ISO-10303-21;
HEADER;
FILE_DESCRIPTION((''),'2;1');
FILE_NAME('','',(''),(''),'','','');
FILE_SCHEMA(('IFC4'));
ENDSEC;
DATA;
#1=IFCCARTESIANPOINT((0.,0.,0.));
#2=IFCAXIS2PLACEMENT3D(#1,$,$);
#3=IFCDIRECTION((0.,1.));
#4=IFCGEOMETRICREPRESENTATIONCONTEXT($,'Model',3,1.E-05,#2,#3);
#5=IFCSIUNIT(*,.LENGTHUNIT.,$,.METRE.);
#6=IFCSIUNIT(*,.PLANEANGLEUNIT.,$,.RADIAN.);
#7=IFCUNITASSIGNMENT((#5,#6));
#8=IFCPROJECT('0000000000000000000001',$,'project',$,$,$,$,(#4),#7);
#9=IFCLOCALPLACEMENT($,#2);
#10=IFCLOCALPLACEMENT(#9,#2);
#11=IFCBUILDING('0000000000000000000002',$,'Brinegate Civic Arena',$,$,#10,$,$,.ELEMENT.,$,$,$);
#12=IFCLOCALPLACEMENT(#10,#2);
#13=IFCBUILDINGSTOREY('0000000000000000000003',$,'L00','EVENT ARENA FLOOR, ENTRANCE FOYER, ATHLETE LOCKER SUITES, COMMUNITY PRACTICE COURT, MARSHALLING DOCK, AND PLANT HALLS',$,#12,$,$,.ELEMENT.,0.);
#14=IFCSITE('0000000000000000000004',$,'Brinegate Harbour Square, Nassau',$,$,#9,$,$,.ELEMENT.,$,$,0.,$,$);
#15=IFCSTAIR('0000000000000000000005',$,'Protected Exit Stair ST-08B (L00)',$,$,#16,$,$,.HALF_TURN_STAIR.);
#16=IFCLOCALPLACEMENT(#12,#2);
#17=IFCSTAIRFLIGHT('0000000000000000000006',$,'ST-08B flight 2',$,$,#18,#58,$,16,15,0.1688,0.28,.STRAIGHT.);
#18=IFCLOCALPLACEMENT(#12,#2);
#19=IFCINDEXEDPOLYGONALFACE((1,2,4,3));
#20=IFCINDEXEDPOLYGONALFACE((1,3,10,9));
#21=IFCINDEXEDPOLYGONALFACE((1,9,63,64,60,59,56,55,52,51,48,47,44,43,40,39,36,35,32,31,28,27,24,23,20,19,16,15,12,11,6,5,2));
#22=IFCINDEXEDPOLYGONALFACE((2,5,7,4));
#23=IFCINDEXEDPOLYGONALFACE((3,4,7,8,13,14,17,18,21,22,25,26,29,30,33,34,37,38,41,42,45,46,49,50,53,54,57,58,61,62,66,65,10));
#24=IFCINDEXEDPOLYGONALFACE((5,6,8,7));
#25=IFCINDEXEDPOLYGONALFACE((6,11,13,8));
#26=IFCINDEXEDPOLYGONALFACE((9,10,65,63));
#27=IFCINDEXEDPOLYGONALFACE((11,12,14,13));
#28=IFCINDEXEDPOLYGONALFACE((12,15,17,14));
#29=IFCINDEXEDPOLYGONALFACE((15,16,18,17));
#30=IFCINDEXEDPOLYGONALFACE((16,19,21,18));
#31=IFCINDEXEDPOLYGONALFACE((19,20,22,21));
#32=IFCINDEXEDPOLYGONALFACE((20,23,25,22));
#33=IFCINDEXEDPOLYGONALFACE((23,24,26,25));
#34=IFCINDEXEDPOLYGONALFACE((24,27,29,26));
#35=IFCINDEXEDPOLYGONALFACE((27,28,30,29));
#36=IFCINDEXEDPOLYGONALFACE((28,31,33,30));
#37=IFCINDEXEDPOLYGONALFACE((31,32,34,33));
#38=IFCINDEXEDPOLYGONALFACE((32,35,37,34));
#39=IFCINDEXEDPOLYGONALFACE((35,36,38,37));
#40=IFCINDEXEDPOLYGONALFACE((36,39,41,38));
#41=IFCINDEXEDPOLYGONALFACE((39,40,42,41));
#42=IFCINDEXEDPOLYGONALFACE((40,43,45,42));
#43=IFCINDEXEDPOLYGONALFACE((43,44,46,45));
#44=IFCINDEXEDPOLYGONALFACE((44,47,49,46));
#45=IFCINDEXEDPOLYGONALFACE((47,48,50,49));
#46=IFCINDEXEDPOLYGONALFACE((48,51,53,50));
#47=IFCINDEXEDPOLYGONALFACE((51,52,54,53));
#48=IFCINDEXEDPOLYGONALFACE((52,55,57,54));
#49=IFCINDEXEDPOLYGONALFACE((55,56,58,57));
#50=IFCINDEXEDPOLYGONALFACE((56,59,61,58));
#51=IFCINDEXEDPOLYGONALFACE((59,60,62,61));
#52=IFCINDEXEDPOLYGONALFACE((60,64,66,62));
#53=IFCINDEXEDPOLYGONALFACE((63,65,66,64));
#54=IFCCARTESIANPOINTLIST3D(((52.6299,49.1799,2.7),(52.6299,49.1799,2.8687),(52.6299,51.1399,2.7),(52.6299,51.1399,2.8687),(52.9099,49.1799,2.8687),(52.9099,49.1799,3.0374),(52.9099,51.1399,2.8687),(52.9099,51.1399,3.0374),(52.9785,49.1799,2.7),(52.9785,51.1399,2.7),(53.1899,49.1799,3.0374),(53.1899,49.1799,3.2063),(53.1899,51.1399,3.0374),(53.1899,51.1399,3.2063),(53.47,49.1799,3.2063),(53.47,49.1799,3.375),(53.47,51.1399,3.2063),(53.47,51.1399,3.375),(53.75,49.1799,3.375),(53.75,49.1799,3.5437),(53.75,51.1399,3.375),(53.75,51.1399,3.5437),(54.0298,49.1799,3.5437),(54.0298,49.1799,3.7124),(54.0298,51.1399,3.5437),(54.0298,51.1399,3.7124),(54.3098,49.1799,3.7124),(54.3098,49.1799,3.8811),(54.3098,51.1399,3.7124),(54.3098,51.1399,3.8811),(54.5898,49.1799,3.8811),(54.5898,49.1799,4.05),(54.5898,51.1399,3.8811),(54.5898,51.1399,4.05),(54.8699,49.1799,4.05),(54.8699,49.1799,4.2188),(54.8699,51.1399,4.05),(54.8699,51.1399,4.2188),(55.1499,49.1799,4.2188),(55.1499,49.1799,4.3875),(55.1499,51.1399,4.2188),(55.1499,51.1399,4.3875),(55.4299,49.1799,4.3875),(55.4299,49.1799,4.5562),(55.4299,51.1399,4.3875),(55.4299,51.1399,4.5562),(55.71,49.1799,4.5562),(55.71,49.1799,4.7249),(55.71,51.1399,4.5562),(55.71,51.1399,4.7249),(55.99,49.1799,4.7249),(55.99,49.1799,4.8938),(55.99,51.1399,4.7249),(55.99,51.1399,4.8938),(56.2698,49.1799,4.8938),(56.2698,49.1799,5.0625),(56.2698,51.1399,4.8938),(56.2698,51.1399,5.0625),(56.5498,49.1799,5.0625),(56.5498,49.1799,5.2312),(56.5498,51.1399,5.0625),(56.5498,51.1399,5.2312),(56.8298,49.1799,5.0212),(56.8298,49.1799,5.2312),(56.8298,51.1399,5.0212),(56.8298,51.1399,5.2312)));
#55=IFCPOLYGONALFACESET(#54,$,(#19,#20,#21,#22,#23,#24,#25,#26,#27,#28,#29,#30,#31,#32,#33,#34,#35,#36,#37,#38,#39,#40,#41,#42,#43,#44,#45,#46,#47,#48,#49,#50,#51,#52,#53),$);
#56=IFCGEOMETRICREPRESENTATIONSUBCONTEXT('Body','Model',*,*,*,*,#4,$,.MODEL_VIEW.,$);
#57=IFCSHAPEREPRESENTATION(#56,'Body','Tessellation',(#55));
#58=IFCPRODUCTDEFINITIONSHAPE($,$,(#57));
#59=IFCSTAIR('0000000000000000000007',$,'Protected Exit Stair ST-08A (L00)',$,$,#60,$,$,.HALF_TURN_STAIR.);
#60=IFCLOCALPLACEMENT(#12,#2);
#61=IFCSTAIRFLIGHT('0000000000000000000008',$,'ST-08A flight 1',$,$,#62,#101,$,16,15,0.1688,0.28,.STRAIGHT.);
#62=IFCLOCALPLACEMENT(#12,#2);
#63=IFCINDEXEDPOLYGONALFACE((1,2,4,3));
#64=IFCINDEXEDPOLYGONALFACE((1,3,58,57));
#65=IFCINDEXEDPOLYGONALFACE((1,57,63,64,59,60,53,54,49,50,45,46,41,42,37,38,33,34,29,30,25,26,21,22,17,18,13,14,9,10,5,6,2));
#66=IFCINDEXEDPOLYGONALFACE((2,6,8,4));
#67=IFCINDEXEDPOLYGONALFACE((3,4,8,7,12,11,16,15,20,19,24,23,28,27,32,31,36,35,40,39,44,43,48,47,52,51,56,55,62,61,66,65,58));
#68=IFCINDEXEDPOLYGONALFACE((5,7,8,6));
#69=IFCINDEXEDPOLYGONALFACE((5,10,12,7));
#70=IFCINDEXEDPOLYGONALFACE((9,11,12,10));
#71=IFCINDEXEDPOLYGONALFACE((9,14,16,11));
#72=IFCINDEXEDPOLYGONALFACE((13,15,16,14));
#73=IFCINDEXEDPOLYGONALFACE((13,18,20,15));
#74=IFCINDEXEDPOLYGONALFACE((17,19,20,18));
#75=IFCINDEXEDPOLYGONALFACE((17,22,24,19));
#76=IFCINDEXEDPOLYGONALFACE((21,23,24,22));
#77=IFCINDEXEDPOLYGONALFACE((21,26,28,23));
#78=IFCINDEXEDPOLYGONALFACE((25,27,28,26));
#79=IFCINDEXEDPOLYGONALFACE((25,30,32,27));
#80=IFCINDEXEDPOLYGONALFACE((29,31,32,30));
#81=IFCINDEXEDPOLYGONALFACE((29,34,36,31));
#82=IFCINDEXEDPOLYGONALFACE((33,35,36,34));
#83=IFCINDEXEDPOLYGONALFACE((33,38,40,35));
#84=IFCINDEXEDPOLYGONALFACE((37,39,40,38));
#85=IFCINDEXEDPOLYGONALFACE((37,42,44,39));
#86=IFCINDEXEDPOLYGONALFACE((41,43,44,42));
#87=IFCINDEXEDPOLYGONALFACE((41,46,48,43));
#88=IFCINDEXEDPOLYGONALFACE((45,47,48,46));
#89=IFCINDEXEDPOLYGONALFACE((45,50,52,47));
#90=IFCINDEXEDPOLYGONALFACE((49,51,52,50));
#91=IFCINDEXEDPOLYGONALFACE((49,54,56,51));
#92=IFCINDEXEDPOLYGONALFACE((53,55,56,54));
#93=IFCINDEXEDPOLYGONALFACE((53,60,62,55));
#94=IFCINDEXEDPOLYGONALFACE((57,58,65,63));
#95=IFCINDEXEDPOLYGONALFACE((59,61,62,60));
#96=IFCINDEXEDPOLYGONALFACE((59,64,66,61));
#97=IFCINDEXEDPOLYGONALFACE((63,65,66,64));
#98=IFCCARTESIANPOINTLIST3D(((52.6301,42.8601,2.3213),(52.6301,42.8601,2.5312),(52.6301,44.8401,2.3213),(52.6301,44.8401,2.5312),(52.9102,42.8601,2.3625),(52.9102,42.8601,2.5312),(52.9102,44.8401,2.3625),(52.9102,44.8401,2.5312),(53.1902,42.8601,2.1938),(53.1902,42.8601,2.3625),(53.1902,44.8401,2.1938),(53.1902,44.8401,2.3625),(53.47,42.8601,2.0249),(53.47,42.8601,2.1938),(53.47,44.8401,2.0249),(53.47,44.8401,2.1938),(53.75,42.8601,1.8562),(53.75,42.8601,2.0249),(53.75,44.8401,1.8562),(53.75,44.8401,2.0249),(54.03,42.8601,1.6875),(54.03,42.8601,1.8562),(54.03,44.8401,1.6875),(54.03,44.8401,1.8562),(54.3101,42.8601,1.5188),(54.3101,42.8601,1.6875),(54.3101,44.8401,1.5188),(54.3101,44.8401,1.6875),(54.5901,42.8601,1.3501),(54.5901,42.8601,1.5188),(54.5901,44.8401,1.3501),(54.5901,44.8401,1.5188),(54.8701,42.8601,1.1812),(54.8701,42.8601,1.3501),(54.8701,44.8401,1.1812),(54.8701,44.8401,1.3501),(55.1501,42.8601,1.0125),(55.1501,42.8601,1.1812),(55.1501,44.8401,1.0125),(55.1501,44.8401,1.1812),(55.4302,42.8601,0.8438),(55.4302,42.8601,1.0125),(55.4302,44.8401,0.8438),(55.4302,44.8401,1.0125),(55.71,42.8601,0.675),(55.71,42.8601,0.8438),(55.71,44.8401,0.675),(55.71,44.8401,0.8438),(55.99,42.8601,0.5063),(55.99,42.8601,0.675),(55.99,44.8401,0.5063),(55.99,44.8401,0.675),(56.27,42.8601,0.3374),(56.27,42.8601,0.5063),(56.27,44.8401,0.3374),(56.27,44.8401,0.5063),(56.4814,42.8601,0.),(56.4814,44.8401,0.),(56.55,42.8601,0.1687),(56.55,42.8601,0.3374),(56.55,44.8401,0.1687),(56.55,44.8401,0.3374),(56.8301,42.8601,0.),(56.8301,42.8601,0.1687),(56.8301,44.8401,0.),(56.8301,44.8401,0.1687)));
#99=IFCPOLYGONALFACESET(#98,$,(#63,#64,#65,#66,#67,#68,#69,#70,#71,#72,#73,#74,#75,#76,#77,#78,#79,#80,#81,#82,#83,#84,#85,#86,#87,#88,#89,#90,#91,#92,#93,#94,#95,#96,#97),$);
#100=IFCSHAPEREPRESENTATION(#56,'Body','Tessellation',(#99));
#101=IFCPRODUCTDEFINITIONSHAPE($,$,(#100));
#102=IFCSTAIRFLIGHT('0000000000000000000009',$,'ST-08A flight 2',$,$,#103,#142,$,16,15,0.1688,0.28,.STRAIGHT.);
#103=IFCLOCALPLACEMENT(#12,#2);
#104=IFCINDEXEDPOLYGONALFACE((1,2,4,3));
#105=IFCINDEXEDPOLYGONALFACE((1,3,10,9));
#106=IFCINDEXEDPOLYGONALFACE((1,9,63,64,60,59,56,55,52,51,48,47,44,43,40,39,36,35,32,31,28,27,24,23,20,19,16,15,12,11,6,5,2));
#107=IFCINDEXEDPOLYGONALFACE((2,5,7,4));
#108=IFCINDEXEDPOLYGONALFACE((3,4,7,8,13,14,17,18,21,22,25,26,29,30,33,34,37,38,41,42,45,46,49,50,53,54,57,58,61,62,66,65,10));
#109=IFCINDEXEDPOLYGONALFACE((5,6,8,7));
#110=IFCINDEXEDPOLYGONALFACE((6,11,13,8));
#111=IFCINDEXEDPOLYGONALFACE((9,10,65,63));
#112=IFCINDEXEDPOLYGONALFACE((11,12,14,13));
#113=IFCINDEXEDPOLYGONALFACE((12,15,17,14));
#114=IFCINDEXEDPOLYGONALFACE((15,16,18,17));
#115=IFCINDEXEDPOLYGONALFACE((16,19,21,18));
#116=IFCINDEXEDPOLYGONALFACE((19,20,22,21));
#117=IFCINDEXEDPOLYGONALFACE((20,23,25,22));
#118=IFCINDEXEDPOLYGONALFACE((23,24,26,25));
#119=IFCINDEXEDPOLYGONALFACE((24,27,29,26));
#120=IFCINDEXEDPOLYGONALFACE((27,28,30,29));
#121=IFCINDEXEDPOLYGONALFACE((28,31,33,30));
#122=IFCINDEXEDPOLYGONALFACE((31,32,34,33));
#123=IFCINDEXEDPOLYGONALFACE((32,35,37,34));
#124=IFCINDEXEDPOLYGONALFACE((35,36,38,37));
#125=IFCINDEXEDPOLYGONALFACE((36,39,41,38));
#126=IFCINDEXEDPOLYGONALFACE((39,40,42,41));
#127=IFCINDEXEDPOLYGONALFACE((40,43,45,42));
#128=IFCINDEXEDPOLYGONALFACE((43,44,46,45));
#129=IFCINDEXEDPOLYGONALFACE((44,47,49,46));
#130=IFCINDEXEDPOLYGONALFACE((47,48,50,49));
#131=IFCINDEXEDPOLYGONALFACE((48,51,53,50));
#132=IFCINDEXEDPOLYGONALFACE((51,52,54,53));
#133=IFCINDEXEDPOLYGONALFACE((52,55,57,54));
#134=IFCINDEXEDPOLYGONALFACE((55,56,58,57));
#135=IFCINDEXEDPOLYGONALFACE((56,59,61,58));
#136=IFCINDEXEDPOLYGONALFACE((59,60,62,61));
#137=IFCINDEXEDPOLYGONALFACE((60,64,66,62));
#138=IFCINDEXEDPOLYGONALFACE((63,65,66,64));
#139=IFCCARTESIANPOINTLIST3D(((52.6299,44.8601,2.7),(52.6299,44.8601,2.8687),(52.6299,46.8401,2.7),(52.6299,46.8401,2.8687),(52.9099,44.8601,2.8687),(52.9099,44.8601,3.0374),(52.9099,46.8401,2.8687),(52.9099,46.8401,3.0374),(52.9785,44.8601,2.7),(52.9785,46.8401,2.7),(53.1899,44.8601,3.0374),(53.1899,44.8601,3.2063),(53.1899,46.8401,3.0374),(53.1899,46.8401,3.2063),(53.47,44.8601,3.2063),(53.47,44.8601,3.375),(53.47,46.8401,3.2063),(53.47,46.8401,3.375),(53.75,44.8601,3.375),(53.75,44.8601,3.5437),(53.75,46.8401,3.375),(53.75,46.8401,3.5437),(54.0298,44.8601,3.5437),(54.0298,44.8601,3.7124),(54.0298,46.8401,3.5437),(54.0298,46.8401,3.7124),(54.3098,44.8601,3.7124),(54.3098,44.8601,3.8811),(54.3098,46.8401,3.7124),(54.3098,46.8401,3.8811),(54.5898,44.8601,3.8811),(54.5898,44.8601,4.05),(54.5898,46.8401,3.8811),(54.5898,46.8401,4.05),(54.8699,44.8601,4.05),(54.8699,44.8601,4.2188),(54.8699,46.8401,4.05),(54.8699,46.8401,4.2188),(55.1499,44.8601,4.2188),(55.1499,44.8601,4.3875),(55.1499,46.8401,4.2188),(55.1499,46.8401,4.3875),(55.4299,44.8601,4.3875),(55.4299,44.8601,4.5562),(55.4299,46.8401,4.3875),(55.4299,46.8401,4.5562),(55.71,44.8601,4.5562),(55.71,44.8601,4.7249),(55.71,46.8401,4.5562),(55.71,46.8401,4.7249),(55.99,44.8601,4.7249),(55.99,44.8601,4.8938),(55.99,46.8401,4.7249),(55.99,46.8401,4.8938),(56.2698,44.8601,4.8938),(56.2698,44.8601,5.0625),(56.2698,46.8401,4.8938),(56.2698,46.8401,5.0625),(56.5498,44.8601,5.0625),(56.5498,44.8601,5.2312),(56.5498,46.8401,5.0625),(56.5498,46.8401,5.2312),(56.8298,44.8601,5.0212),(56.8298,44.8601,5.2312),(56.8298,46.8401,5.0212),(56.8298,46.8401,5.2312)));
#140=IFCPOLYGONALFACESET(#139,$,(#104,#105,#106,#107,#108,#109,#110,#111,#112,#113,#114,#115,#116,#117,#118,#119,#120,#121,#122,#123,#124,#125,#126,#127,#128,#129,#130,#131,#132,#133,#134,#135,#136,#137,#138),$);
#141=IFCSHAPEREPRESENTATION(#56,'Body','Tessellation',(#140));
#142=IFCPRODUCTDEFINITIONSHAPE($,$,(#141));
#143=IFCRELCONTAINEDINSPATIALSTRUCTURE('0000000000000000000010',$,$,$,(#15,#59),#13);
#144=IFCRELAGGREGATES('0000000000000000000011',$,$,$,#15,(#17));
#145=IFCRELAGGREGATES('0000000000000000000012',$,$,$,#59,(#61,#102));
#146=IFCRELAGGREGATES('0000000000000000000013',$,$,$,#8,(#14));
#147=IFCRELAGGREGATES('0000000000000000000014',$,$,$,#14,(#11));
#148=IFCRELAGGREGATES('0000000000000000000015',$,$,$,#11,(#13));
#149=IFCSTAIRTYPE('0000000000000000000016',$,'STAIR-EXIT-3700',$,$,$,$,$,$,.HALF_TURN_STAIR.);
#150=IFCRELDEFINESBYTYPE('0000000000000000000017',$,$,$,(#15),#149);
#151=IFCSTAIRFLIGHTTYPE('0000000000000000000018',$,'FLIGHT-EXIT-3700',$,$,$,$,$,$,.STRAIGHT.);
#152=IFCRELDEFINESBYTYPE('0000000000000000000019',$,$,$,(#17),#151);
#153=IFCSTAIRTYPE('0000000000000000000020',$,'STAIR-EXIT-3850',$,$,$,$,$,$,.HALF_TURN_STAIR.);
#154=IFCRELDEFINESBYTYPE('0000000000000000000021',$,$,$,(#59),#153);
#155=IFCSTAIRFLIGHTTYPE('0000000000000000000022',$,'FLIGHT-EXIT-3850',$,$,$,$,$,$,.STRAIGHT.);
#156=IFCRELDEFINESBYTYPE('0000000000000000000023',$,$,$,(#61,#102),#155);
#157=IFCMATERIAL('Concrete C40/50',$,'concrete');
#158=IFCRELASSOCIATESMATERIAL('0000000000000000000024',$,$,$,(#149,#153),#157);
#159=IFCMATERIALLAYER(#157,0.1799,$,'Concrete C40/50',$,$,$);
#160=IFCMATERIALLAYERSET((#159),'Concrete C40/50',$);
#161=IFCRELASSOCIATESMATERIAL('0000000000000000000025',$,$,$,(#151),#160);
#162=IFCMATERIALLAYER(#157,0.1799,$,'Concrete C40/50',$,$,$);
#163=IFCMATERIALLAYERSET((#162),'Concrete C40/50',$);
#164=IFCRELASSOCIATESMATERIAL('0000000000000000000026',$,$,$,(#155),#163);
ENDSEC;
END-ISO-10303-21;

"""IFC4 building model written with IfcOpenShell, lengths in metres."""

from ifc_helpers import new_model, si_unit, direction, frame, origin, place, context, subcontext, project, spatial, polyline, outline, extrude, material, layer, layer_set, type_object, element, aggregate, save


model = new_model("IFC4")

# Units and contexts
model_context = context("Model", 3, precision=1e-05, world=origin(), true_north=direction((0.0, 1.0)))
body_context = subcontext(model_context, "Body", "Model", "MODEL_VIEW")
ifc_project = project(units=[si_unit("LENGTHUNIT", "METRE"), si_unit("PLANEANGLEUNIT", "RADIAN")], contexts=[model_context])

# Site, building, storey
site_placement = place(None, origin())
site = spatial("IfcSite", under=ifc_project, at=site_placement, Name="Brinegate Harbour Square, Nassau", CompositionType="ELEMENT", RefElevation=0.0)
building_placement = place(site_placement, origin())
building = spatial("IfcBuilding", under=site, at=building_placement, Name="Brinegate Civic Arena", CompositionType="ELEMENT")
storey_placement = place(building_placement, origin())
storey = spatial("IfcBuildingStorey", under=building, at=storey_placement, Name="L00", Description="EVENT ARENA FLOOR, ENTRANCE FOYER, ATHLETE LOCKER SUITES, COMMUNITY PRACTICE COURT, MARSHALLING DOCK, AND PLANT HALLS", CompositionType="ELEMENT", Elevation=0.0)

# Shared definitions
ifc_material_1 = material(Name="Concrete C40/50", Category="concrete")

# Stairs, stair flights
stair_type_1 = type_object("IfcStairType", Name="STAIR-EXIT-3700", PredefinedType="HALF_TURN_STAIR", material=ifc_material_1)
stair_1_placement = place(storey_placement, origin())
stair_1 = element("IfcStair", 1, at=stair_1_placement, inside=storey, type_object=stair_type_1, Name="Protected Exit Stair ST-08B (L00)", PredefinedType="HALF_TURN_STAIR")
ifc_layer_1 = layer(ifc_material_1, 0.1799, Name="Concrete C40/50")
ifc_layer_set_1 = layer_set([ifc_layer_1], Name="Concrete C40/50")
stair_flight_type_1 = type_object("IfcStairFlightType", Name="FLIGHT-EXIT-3700", PredefinedType="STRAIGHT", material=ifc_layer_set_1)
stair_flight_1_placement = place(storey_placement, frame((52.6299, 50.1599, 2.7), z_axis=(0.0, 0.0, 1.0), x_axis=(1.0, 0.0, 0.0)))
stair_flight_1 = element("IfcStairFlight", 2, at=stair_flight_1_placement, type_object=stair_flight_type_1, Name="ST-08B flight 2", NumberOfRisers=16, NumberOfTreads=15, PredefinedType="STRAIGHT", RiserHeight=0.1688, TreadLength=0.28, context=body_context, shape_type="SweptSolid", body=[
    extrude(outline(polyline([(0.0, 0.0), (0.0, 0.1687), (0.28, 0.1687), (0.28, 0.3374), (0.5601, 0.3374), (0.5601, 0.5063), (0.8401, 0.5063), (0.8401, 0.675), (1.1201, 0.675), (1.1201, 0.8438), (1.3999, 0.8438), (1.3999, 1.0125), (1.6799, 1.0125), (1.6799, 1.1812), (1.96, 1.1812), (1.96, 1.3501), (2.24, 1.3501), (2.24, 1.5188), (2.52, 1.5188), (2.52, 1.6875), (2.8, 1.6875), (2.8, 1.8562), (3.0801, 1.8562), (3.0801, 2.0249), (3.3601, 2.0249), (3.3601, 2.1938), (3.6399, 2.1938), (3.6399, 2.3625), (3.9199, 2.3625), (3.9199, 2.5312), (4.2, 2.5312), (4.2, 2.7), (4.2, 2.3213), (0.3486, 0.0), (0.0, 0.0)])), frame((0.0, 0.98, 0.0), z_axis=(0.0, -1.0, 0.0), x_axis=(1.0, 0.0, 0.0)), (0.0, 0.0, 1.0), 1.96),
])
aggregate(stair_1, [stair_flight_1])
stair_type_2 = type_object("IfcStairType", Name="STAIR-EXIT-3850", PredefinedType="HALF_TURN_STAIR", material=ifc_material_1)
stair_2_placement = place(storey_placement, origin())
stair_2 = element("IfcStair", 3, at=stair_2_placement, inside=storey, type_object=stair_type_2, Name="Protected Exit Stair ST-08A (L00)", PredefinedType="HALF_TURN_STAIR")
ifc_layer_2 = layer(ifc_material_1, 0.1799, Name="Concrete C40/50")
ifc_layer_set_2 = layer_set([ifc_layer_2], Name="Concrete C40/50")
stair_flight_type_2 = type_object("IfcStairFlightType", Name="FLIGHT-EXIT-3850", PredefinedType="STRAIGHT", material=ifc_layer_set_2)
stair_flight_2_placement = place(storey_placement, frame((56.8301, 43.8501, 0.0), z_axis=(0.0, 0.0, 1.0), x_axis=(-1.0, 0.0, 0.0)))
stair_flight_2 = element("IfcStairFlight", 4, at=stair_flight_2_placement, type_object=stair_flight_type_2, Name="ST-08A flight 1", NumberOfRisers=16, NumberOfTreads=15, PredefinedType="STRAIGHT", RiserHeight=0.1688, TreadLength=0.28, context=body_context, shape_type="SweptSolid", body=[
    extrude(outline(polyline([(0.0, 0.0), (0.0, 0.1687), (0.28, 0.1687), (0.28, 0.3374), (0.5601, 0.3374), (0.5601, 0.5063), (0.8401, 0.5063), (0.8401, 0.675), (1.1201, 0.675), (1.1201, 0.8438), (1.3999, 0.8438), (1.3999, 1.0125), (1.6799, 1.0125), (1.6799, 1.1812), (1.96, 1.1812), (1.96, 1.3501), (2.24, 1.3501), (2.24, 1.5188), (2.52, 1.5188), (2.52, 1.6875), (2.8, 1.6875), (2.8, 1.8562), (3.0801, 1.8562), (3.0801, 2.0249), (3.3601, 2.0249), (3.3601, 2.1938), (3.6399, 2.1938), (3.6399, 2.3625), (3.9199, 2.3625), (3.9199, 2.5312), (4.2, 2.5312), (4.2, 2.7), (4.2, 2.3213), (0.3486, 0.0), (0.0, 0.0)])), frame((0.0, 0.99, 0.0), z_axis=(0.0, -1.0, 0.0), x_axis=(1.0, 0.0, 0.0)), (0.0, 0.0, 1.0), 1.98),
])
stair_flight_3_placement = place(storey_placement, frame((52.6299, 45.8501, 2.7), z_axis=(0.0, 0.0, 1.0), x_axis=(1.0, 0.0, 0.0)))
stair_flight_3 = element("IfcStairFlight", 5, at=stair_flight_3_placement, type_object=stair_flight_type_2, Name="ST-08A flight 2", NumberOfRisers=16, NumberOfTreads=15, PredefinedType="STRAIGHT", RiserHeight=0.1688, TreadLength=0.28, context=body_context, shape_type="SweptSolid", body=[
    extrude(outline(polyline([(0.0, 0.0), (0.0, 0.1687), (0.28, 0.1687), (0.28, 0.3374), (0.5601, 0.3374), (0.5601, 0.5063), (0.8401, 0.5063), (0.8401, 0.675), (1.1201, 0.675), (1.1201, 0.8438), (1.3999, 0.8438), (1.3999, 1.0125), (1.6799, 1.0125), (1.6799, 1.1812), (1.96, 1.1812), (1.96, 1.3501), (2.24, 1.3501), (2.24, 1.5188), (2.52, 1.5188), (2.52, 1.6875), (2.8, 1.6875), (2.8, 1.8562), (3.0801, 1.8562), (3.0801, 2.0249), (3.3601, 2.0249), (3.3601, 2.1938), (3.6399, 2.1938), (3.6399, 2.3625), (3.9199, 2.3625), (3.9199, 2.5312), (4.2, 2.5312), (4.2, 2.7), (4.2, 2.3213), (0.3486, 0.0), (0.0, 0.0)])), frame((0.0, 0.99, 0.0), z_axis=(0.0, -1.0, 0.0), x_axis=(1.0, 0.0, 0.0)), (0.0, 0.0, 1.0), 1.98),
])
aggregate(stair_2, [stair_flight_2, stair_flight_3])

save(model, "model.ifc")
